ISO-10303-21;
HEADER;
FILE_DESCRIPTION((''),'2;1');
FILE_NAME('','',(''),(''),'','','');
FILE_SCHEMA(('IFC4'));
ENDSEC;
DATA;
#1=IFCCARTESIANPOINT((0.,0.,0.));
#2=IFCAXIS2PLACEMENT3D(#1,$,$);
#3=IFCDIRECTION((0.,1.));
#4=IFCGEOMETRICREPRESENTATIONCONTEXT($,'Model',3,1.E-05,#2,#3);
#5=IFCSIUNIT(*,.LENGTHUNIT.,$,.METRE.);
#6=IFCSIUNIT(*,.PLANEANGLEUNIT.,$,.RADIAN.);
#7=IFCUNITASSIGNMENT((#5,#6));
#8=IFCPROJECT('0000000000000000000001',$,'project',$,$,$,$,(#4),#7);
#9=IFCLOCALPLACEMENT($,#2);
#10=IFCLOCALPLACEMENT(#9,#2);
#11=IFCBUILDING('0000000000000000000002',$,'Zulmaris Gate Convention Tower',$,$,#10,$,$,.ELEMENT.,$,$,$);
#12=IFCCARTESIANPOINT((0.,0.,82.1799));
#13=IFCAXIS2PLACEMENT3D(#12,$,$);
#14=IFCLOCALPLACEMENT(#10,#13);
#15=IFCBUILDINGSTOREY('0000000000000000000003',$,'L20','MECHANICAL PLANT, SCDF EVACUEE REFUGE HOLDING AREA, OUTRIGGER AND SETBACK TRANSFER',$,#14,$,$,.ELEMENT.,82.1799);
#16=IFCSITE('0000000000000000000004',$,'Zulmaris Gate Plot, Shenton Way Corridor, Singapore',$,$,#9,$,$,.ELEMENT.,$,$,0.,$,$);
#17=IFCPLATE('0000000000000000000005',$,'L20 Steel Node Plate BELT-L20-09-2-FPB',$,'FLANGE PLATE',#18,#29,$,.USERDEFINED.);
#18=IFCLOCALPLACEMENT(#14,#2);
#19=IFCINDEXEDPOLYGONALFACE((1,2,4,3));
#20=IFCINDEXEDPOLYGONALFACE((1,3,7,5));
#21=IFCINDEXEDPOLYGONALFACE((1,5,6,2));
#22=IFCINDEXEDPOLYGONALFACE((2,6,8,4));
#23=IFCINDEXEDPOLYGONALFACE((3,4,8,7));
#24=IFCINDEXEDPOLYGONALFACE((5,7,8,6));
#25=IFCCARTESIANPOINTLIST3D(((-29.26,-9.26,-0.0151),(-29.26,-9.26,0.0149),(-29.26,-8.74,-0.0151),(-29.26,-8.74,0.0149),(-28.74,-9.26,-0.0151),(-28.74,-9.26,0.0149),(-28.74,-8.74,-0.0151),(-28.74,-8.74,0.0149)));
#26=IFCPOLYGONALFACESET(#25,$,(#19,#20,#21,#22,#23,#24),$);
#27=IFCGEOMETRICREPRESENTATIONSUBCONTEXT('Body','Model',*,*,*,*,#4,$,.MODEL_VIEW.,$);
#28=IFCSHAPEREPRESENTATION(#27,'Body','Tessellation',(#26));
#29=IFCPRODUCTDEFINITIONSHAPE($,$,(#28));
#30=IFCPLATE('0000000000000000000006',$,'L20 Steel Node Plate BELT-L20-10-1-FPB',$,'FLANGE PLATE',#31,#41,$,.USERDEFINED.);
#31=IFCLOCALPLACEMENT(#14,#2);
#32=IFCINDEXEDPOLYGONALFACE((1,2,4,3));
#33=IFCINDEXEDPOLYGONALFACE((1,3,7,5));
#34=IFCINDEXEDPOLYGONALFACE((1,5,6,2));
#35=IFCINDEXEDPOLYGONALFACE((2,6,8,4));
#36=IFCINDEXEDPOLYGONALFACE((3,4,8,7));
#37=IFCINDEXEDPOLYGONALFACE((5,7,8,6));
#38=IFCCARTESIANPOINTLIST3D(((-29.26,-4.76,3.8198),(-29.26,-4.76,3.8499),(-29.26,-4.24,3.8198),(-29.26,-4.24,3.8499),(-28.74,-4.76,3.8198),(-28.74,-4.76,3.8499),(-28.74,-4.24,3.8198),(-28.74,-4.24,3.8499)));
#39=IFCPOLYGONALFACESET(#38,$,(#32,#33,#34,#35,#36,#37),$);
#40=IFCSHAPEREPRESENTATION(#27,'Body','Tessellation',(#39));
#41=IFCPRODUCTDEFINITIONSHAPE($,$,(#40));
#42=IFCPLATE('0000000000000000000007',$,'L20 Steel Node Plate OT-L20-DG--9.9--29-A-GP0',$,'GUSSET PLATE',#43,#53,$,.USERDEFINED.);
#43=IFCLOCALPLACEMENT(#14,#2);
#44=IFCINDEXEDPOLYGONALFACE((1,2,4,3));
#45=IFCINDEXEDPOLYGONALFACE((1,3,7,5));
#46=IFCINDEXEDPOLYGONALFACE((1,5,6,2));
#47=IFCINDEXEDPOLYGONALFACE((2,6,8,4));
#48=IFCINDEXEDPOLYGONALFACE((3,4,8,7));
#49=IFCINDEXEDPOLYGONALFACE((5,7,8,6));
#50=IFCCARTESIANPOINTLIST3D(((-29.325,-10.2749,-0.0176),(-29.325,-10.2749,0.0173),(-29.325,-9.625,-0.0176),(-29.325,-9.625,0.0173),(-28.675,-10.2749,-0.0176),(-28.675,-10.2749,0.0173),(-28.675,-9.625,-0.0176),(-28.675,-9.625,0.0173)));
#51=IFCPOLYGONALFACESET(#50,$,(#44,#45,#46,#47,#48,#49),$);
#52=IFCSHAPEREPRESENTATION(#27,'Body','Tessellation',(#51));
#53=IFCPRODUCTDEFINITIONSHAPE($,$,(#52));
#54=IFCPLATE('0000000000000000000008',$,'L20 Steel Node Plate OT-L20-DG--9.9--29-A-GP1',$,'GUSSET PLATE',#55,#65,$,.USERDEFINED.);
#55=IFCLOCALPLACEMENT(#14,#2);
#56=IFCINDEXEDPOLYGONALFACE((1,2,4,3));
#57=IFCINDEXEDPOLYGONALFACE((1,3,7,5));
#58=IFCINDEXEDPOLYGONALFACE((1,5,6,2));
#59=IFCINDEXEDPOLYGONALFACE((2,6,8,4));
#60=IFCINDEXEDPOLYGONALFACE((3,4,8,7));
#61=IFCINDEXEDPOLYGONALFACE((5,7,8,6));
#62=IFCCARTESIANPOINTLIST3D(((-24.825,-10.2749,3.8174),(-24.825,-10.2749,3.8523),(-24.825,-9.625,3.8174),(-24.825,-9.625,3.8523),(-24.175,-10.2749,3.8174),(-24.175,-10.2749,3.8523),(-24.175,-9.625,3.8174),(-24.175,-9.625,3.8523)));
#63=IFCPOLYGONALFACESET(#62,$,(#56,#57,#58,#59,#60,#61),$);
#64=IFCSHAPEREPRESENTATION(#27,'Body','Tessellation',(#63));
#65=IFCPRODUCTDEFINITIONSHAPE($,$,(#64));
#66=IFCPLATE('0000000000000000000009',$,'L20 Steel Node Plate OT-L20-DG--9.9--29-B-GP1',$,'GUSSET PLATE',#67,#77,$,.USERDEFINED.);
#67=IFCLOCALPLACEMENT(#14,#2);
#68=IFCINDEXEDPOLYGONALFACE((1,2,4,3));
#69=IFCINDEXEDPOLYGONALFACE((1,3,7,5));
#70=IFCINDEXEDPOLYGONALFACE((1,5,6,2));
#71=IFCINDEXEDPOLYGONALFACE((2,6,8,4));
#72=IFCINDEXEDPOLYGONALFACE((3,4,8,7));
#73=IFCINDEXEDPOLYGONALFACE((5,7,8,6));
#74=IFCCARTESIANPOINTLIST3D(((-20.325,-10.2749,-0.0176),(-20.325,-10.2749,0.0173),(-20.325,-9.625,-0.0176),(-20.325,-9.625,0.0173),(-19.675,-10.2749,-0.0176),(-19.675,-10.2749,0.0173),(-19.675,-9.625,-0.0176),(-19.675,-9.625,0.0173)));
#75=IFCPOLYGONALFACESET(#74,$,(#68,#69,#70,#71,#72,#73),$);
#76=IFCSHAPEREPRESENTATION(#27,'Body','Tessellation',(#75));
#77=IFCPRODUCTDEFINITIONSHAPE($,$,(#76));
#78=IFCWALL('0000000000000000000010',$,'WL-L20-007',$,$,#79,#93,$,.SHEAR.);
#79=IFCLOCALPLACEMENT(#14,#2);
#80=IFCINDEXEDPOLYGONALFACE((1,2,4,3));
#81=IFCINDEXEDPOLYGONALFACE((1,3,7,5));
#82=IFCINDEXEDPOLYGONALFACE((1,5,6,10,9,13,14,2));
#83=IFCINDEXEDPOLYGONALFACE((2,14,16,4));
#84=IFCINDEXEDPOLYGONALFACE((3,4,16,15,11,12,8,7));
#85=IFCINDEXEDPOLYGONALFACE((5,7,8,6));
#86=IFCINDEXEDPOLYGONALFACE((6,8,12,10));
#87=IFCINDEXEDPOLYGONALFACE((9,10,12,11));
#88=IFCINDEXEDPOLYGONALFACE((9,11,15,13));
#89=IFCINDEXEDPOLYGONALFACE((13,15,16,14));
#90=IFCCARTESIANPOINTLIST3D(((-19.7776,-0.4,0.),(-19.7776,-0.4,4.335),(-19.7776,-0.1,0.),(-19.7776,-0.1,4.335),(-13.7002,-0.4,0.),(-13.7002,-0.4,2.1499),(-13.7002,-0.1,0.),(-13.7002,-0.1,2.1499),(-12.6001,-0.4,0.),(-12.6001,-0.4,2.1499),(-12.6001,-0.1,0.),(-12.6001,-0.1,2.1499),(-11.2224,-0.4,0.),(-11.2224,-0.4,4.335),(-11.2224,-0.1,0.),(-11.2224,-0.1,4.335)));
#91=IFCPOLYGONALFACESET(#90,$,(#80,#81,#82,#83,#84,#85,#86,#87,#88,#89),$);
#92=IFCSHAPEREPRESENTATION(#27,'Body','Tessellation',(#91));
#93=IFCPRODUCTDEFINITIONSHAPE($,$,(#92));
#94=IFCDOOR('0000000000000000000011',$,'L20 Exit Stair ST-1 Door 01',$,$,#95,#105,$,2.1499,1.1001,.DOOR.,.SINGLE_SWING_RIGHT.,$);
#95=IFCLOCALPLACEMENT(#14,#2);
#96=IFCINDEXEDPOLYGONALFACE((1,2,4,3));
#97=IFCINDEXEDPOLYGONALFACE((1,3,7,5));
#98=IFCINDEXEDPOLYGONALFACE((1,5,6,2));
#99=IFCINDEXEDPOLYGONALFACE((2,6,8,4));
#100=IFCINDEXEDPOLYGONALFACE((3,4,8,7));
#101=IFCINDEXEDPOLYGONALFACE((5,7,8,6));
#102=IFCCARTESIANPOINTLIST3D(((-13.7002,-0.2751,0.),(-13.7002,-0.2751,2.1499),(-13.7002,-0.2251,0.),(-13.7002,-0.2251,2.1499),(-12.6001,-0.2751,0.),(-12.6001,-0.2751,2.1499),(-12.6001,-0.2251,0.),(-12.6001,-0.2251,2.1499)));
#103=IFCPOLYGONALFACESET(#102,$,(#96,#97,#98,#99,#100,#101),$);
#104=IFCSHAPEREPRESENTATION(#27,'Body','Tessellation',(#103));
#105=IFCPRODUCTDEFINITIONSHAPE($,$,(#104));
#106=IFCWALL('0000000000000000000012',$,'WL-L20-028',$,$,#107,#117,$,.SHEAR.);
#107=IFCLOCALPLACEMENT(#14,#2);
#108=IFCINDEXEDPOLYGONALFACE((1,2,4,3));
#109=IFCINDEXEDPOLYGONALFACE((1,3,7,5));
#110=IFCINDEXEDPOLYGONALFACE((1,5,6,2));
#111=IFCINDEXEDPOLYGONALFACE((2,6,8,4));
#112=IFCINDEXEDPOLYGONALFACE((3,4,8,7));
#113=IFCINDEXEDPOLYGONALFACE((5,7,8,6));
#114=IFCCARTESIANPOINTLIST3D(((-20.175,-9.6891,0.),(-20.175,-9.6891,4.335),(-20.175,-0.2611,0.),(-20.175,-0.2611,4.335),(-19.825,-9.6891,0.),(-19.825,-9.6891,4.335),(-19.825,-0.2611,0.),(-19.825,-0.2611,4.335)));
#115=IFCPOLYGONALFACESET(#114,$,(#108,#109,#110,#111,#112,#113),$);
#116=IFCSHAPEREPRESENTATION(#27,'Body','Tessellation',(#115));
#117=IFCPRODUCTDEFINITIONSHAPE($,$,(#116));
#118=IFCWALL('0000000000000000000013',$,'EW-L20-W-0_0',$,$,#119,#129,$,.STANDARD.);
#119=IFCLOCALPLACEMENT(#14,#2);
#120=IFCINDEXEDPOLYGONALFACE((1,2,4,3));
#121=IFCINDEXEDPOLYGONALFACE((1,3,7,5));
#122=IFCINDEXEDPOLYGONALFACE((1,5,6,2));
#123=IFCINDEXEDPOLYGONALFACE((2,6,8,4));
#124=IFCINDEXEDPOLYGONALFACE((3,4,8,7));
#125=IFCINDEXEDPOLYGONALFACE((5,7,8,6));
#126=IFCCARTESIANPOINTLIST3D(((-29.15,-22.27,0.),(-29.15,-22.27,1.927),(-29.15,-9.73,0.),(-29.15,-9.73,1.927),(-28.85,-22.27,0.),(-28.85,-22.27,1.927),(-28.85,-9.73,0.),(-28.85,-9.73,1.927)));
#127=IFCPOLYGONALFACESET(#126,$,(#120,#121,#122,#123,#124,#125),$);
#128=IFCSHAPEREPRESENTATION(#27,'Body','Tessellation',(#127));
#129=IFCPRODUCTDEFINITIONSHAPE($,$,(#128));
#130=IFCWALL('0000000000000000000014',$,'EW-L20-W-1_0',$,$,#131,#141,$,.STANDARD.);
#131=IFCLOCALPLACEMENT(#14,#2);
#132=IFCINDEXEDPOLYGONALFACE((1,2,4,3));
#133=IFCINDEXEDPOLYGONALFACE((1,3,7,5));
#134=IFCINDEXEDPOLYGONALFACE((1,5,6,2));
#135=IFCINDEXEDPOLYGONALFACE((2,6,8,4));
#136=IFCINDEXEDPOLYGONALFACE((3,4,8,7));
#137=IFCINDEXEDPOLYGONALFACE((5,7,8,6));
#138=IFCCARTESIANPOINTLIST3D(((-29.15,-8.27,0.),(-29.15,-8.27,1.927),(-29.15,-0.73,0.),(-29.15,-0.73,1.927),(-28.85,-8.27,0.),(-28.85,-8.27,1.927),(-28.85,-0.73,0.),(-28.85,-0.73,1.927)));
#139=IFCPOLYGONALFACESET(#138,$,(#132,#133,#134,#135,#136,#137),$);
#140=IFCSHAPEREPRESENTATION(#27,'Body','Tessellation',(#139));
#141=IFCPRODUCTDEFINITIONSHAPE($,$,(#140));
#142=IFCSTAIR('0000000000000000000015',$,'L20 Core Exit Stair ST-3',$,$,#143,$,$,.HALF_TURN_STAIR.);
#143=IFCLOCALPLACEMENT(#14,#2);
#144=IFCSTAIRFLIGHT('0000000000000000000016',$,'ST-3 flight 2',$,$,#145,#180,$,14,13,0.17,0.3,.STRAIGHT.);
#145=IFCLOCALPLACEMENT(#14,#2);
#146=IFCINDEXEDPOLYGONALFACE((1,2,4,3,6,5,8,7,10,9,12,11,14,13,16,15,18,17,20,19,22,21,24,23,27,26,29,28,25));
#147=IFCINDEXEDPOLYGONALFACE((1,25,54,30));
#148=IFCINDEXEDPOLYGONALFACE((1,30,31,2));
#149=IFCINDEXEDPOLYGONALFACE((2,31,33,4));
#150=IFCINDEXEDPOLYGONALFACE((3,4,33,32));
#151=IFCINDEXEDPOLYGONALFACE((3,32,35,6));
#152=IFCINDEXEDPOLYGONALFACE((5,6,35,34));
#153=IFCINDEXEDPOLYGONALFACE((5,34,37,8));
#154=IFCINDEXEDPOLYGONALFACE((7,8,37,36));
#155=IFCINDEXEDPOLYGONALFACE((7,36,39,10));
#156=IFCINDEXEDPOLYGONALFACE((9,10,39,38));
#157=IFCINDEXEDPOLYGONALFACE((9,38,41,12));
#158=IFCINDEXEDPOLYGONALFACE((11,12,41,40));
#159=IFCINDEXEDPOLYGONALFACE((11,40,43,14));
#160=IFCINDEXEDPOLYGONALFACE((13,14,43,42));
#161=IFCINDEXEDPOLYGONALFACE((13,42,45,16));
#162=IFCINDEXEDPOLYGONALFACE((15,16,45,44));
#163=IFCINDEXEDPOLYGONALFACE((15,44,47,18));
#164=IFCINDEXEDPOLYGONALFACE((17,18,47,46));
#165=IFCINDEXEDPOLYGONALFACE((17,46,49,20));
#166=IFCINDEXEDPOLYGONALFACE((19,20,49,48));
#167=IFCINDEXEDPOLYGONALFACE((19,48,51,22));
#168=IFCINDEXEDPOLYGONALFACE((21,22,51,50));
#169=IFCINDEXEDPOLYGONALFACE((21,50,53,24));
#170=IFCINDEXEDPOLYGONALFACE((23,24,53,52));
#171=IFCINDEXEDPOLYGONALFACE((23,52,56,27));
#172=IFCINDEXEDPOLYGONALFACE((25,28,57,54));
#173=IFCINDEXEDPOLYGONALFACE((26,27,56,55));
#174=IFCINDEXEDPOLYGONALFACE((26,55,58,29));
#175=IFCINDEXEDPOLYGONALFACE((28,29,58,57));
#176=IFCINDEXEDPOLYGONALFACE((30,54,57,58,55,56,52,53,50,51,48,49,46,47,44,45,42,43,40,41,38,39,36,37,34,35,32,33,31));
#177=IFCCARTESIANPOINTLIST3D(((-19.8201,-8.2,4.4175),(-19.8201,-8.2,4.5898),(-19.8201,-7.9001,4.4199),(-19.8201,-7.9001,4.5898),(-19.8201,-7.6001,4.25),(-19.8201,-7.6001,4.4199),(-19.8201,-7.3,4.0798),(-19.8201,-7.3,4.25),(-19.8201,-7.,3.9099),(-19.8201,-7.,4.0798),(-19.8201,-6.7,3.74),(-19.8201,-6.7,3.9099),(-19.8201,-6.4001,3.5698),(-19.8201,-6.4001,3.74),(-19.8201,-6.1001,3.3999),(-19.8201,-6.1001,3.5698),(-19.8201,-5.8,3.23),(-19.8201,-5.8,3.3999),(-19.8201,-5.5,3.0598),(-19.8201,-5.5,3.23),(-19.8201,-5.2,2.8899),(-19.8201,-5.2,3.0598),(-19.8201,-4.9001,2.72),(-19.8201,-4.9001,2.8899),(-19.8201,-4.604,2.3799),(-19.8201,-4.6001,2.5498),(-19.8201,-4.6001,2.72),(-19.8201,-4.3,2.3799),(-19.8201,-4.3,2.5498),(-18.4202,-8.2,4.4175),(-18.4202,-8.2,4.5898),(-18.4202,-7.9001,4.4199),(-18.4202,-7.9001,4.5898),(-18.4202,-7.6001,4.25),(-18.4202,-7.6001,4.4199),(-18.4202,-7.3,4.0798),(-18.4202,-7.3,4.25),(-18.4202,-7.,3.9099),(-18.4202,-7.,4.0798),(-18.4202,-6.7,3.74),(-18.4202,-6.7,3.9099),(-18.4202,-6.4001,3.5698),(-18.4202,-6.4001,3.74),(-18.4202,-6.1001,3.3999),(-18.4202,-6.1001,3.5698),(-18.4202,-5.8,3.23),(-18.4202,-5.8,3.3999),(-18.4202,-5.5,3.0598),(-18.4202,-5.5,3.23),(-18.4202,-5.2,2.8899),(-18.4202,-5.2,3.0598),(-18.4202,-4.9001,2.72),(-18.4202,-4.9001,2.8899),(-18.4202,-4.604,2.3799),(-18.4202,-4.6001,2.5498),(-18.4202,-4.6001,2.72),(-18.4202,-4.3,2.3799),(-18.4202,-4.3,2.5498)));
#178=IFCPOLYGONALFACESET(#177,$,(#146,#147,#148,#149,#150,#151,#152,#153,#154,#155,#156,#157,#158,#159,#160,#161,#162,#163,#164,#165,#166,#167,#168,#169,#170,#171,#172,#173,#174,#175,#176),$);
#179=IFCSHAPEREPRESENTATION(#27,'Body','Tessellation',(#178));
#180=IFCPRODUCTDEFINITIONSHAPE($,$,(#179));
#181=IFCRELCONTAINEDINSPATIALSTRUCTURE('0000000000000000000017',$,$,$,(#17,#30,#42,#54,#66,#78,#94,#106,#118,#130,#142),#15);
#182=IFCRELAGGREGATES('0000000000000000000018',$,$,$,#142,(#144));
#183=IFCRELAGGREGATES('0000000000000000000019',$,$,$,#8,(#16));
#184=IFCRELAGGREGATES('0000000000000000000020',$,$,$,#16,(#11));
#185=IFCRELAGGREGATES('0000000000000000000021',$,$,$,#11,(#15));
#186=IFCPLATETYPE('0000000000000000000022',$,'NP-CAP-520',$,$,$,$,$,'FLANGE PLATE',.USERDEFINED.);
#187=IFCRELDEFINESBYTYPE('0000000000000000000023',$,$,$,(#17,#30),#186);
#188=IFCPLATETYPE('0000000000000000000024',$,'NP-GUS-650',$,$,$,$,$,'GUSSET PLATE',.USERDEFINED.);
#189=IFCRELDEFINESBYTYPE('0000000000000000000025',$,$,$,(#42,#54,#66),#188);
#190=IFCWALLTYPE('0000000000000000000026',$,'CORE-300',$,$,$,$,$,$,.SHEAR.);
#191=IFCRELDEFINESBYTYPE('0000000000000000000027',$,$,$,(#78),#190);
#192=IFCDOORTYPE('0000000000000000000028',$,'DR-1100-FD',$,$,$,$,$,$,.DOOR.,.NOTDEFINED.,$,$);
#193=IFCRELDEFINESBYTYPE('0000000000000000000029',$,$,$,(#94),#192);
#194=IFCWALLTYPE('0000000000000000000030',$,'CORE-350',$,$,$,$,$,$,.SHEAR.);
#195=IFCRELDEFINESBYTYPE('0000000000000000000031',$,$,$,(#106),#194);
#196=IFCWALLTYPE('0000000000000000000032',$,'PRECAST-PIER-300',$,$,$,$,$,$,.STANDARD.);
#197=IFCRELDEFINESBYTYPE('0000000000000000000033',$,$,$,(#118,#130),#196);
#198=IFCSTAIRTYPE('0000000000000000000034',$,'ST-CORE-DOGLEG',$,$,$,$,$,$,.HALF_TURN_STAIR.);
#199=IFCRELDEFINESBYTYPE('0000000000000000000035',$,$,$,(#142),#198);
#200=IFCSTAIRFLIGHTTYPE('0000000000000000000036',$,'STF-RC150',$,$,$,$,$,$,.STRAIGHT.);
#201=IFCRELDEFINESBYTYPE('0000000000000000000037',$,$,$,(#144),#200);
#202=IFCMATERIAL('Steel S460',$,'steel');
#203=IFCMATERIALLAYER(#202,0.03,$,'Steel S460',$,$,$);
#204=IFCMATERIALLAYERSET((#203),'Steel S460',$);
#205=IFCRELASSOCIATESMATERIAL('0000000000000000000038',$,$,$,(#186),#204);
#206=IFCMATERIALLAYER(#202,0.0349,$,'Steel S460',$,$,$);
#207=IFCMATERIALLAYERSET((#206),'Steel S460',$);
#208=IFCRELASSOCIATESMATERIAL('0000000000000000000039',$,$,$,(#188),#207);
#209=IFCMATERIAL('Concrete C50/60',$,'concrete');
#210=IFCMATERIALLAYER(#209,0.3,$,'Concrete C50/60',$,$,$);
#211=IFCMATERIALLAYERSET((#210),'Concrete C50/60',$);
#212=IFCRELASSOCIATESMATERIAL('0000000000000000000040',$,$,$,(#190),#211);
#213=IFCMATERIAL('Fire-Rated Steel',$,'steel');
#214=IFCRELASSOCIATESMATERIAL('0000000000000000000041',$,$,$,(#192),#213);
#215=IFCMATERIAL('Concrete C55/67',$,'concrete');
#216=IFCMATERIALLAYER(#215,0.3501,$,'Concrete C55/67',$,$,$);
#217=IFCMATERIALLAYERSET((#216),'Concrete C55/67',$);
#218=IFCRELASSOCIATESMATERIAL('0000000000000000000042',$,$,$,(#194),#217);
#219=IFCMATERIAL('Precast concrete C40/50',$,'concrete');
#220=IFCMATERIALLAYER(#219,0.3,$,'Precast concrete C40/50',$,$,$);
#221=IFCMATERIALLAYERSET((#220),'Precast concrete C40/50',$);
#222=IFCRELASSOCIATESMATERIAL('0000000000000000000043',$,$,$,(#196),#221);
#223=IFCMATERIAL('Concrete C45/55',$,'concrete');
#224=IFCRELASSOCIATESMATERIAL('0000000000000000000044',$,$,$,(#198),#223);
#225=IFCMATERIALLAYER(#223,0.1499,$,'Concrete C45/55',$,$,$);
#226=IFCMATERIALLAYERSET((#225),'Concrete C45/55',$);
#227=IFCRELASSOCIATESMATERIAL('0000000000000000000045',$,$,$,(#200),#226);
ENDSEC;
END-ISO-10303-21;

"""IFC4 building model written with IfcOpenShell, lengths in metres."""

from ifc_helpers import new_model, si_unit, direction, frame, frame_2d, origin, origin_2d, place, context, subcontext, project, spatial, polyline, rectangle, outline, extrude, material, layer, layer_set, type_object, element, fill, aggregate, save


model = new_model("IFC4")

# Units and contexts
model_context = context("Model", 3, precision=1e-05, world=origin(), true_north=direction((0.0, 1.0)))
body_context = subcontext(model_context, "Body", "Model", "MODEL_VIEW")
ifc_project = project(units=[si_unit("LENGTHUNIT", "METRE"), si_unit("PLANEANGLEUNIT", "RADIAN")], contexts=[model_context])

# Site, building, storey
site_placement = place(None, origin())
site = spatial("IfcSite", under=ifc_project, at=site_placement, Name="Zulmaris Gate Plot, Shenton Way Corridor, Singapore", CompositionType="ELEMENT", RefElevation=0.0)
building_placement = place(site_placement, origin())
building = spatial("IfcBuilding", under=site, at=building_placement, Name="Zulmaris Gate Convention Tower", CompositionType="ELEMENT")
storey_placement = place(building_placement, frame((0.0, 0.0, 82.1799)))
storey = spatial("IfcBuildingStorey", under=building, at=storey_placement, Name="L20", Description="MECHANICAL PLANT, SCDF EVACUEE REFUGE HOLDING AREA, OUTRIGGER AND SETBACK TRANSFER", CompositionType="ELEMENT", Elevation=82.1799)

# Shared definitions
ifc_material_1 = material(Name="Steel S460", Category="steel")

# Plates
ifc_layer_1 = layer(ifc_material_1, 0.03, Name="Steel S460")
ifc_layer_set_1 = layer_set([ifc_layer_1], Name="Steel S460")
plate_type_1 = type_object("IfcPlateType", Name="NP-CAP-520", ElementType="FLANGE PLATE", PredefinedType="USERDEFINED", material=ifc_layer_set_1)
for number, where, z_axis, x_axis, name in (
    (1, (-29.0, -9.0, -0.0151), (0.0, 0.0, 1.0), (1.0, 0.0, 0.0), "L20 Steel Node Plate BELT-L20-09-2-FPB"),
    (2, (-29.0, -4.5, 3.8198), (0.0, 0.0, 1.0), (1.0, 0.0, 0.0), "L20 Steel Node Plate BELT-L20-10-1-FPB"),
):
    element("IfcPlate", number, at=place(storey_placement, frame(where, z_axis=z_axis, x_axis=x_axis)), inside=storey, type_object=plate_type_1, Name=name, ObjectType="FLANGE PLATE", PredefinedType="USERDEFINED", context=body_context, shape_type="SweptSolid", body=[
        extrude(rectangle(XDim=0.52, YDim=0.52, at=origin_2d()), origin(), (0.0, 0.0, 1.0), 0.03),
    ])
ifc_layer_2 = layer(ifc_material_1, 0.0349, Name="Steel S460")
ifc_layer_set_2 = layer_set([ifc_layer_2], Name="Steel S460")
plate_type_2 = type_object("IfcPlateType", Name="NP-GUS-650", ElementType="GUSSET PLATE", PredefinedType="USERDEFINED", material=ifc_layer_set_2)
for number, where, z_axis, x_axis, name in (
    (3, (-29.0, -9.95, -0.0176), (0.0, 0.0, 1.0), (1.0, 0.0, 0.0), "L20 Steel Node Plate OT-L20-DG--9.9--29-A-GP0"),
    (4, (-24.5, -9.95, 3.8174), (0.0, 0.0, 1.0), (1.0, 0.0, 0.0), "L20 Steel Node Plate OT-L20-DG--9.9--29-A-GP1"),
    (5, (-20.0, -9.95, -0.0176), (0.0, 0.0, 1.0), (1.0, 0.0, 0.0), "L20 Steel Node Plate OT-L20-DG--9.9--29-B-GP1"),
):
    element("IfcPlate", number, at=place(storey_placement, frame(where, z_axis=z_axis, x_axis=x_axis)), inside=storey, type_object=plate_type_2, Name=name, ObjectType="GUSSET PLATE", PredefinedType="USERDEFINED", context=body_context, shape_type="SweptSolid", body=[
        extrude(rectangle(XDim=0.6499, YDim=0.6499, at=origin_2d()), origin(), (0.0, 0.0, 1.0), 0.0349),
    ])

# Wall, opening, door
ifc_material_2 = material(Name="Concrete C50/60", Category="concrete")
ifc_layer_3 = layer(ifc_material_2, 0.3, Name="Concrete C50/60")
ifc_layer_set_3 = layer_set([ifc_layer_3], Name="Concrete C50/60")
wall_type_1 = type_object("IfcWallType", Name="CORE-300", PredefinedType="SHEAR", material=ifc_layer_set_3)
wall_1_placement = place(storey_placement, frame((-19.7776, -0.25, 0.0), z_axis=(0.0, 0.0, 1.0), x_axis=(1.0, 0.0, 0.0)))
wall_1 = element("IfcWall", 6, at=wall_1_placement, inside=storey, type_object=wall_type_1, Name="WL-L20-007", PredefinedType="SHEAR", context=body_context, shape_type="SweptSolid", body=[
    extrude(rectangle(XDim=8.5552, YDim=0.3, at=frame_2d((4.2776, 0.0))), origin(), (0.0, 0.0, 1.0), 4.335),
])
opening_1_placement = place(wall_1_placement, frame((6.0774, 0.0, 0.0)))
opening_1 = element("IfcOpeningElement", 7, at=opening_1_placement, cuts=wall_1, PredefinedType="OPENING", context=body_context, shape_type="SweptSolid", body=[
    extrude(rectangle(XDim=1.1001, YDim=2.1499, at=frame_2d((0.55, 1.075))), frame((0.0, 0.1602, 0.0), z_axis=(0.0, -1.0, 0.0), x_axis=(1.0, 0.0, 0.0)), (0.0, 0.0, 1.0), 0.3201),
])
ifc_material_3 = material(Name="Fire-Rated Steel", Category="steel")
door_type_1 = type_object("IfcDoorType", Name="DR-1100-FD", OperationType="NOTDEFINED", PredefinedType="DOOR", material=ifc_material_3)
door_1_placement = place(opening_1_placement, origin())
door_1 = element("IfcDoor", 8, at=door_1_placement, inside=storey, type_object=door_type_1, Name="L20 Exit Stair ST-1 Door 01", OperationType="SINGLE_SWING_RIGHT", OverallHeight=2.1499, OverallWidth=1.1001, PredefinedType="DOOR", context=body_context, shape_type="SweptSolid", body=[
    extrude(rectangle(XDim=1.1001, YDim=2.1499, at=frame_2d((0.55, 1.075))), frame((0.0, 0.0249, 0.0), z_axis=(0.0, -1.0, 0.0), x_axis=(1.0, 0.0, 0.0)), (0.0, 0.0, 1.0), 0.05),
])
fill(opening_1, door_1)
ifc_material_4 = material(Name="Concrete C55/67", Category="concrete")
ifc_layer_4 = layer(ifc_material_4, 0.3501, Name="Concrete C55/67")
ifc_layer_set_4 = layer_set([ifc_layer_4], Name="Concrete C55/67")
wall_type_2 = type_object("IfcWallType", Name="CORE-350", PredefinedType="SHEAR", material=ifc_layer_set_4)

# Walls
wall_2_placement = place(storey_placement, frame((-20.0, -9.689, 0.0), z_axis=(0.0, 0.0, 1.0), x_axis=(0.0, 1.0, 0.0)))
element("IfcWall", 9, at=wall_2_placement, inside=storey, type_object=wall_type_2, Name="WL-L20-028", PredefinedType="SHEAR", context=body_context, shape_type="SweptSolid", body=[
    extrude(rectangle(XDim=9.428, YDim=0.3501, at=frame_2d((4.7139, 0.0))), origin(), (0.0, 0.0, 1.0), 4.335),
])
ifc_material_5 = material(Name="Precast concrete C40/50", Category="concrete")
ifc_layer_5 = layer(ifc_material_5, 0.3, Name="Precast concrete C40/50")
ifc_layer_set_5 = layer_set([ifc_layer_5], Name="Precast concrete C40/50")
wall_type_3 = type_object("IfcWallType", Name="PRECAST-PIER-300", PredefinedType="STANDARD", material=ifc_layer_set_5)
wall_3_placement = place(storey_placement, frame((-29.0, -9.73, 0.0), z_axis=(0.0, 0.0, 1.0), x_axis=(0.0, -1.0, 0.0)))
element("IfcWall", 10, at=wall_3_placement, inside=storey, type_object=wall_type_3, Name="EW-L20-W-0_0", PredefinedType="STANDARD", context=body_context, shape_type="SweptSolid", body=[
    extrude(rectangle(XDim=12.54, YDim=0.3, at=frame_2d((6.27, 0.0))), origin(), (0.0, 0.0, 1.0), 1.927),
])
wall_4_placement = place(storey_placement, frame((-29.0, -0.73, 0.0), z_axis=(0.0, 0.0, 1.0), x_axis=(0.0, -1.0, 0.0)))
element("IfcWall", 11, at=wall_4_placement, inside=storey, type_object=wall_type_3, Name="EW-L20-W-1_0", PredefinedType="STANDARD", context=body_context, shape_type="SweptSolid", body=[
    extrude(rectangle(XDim=7.54, YDim=0.3, at=frame_2d((3.77, 0.0))), origin(), (0.0, 0.0, 1.0), 1.927),
])

# Stair, stair flight
ifc_material_6 = material(Name="Concrete C45/55", Category="concrete")
stair_type = type_object("IfcStairType", Name="ST-CORE-DOGLEG", PredefinedType="HALF_TURN_STAIR", material=ifc_material_6)
stair_placement = place(storey_placement, origin())
stair = element("IfcStair", 12, at=stair_placement, inside=storey, type_object=stair_type, Name="L20 Core Exit Stair ST-3", PredefinedType="HALF_TURN_STAIR")
ifc_layer_6 = layer(ifc_material_6, 0.1499, Name="Concrete C45/55")
ifc_layer_set_6 = layer_set([ifc_layer_6], Name="Concrete C45/55")
stair_flight_type = type_object("IfcStairFlightType", Name="STF-RC150", PredefinedType="STRAIGHT", material=ifc_layer_set_6)
stair_flight_placement = place(storey_placement, frame((-19.1201, -4.3, 2.3799), z_axis=(0.0, 0.0, 1.0), x_axis=(0.0, -1.0, 0.0)))
stair_flight = element("IfcStairFlight", 13, at=stair_flight_placement, type_object=stair_flight_type, Name="ST-3 flight 2", NumberOfRisers=14, NumberOfTreads=13, PredefinedType="STRAIGHT", RiserHeight=0.17, TreadLength=0.3, context=body_context, shape_type="SweptSolid", body=[
    extrude(outline(polyline([(0.0, 0.0), (0.0, 0.1699), (0.3, 0.1699), (0.3, 0.3401), (0.6001, 0.3401), (0.6001, 0.51), (0.8999, 0.51), (0.8999, 0.6799), (1.2, 0.6799), (1.2, 0.8501), (1.5, 0.8501), (1.5, 1.02), (1.8, 1.02), (1.8, 1.1899), (2.1001, 1.1899), (2.1001, 1.3601), (2.3999, 1.3601), (2.3999, 1.53), (2.7, 1.53), (2.7, 1.7), (3.0, 1.7), (3.0, 1.8701), (3.3, 1.8701), (3.3, 2.04), (3.6001, 2.04), (3.6001, 2.21), (3.8999, 2.21), (3.8999, 2.3799), (3.8999, 2.0376), (0.304, 0.0), (0.0, 0.0)])), frame((0.0, 0.7, 0.0), z_axis=(0.0, -1.0, 0.0), x_axis=(1.0, 0.0, 0.0)), (0.0, 0.0, 1.0), 1.3999),
])
aggregate(stair, [stair_flight])

save(model, "model.ifc")
